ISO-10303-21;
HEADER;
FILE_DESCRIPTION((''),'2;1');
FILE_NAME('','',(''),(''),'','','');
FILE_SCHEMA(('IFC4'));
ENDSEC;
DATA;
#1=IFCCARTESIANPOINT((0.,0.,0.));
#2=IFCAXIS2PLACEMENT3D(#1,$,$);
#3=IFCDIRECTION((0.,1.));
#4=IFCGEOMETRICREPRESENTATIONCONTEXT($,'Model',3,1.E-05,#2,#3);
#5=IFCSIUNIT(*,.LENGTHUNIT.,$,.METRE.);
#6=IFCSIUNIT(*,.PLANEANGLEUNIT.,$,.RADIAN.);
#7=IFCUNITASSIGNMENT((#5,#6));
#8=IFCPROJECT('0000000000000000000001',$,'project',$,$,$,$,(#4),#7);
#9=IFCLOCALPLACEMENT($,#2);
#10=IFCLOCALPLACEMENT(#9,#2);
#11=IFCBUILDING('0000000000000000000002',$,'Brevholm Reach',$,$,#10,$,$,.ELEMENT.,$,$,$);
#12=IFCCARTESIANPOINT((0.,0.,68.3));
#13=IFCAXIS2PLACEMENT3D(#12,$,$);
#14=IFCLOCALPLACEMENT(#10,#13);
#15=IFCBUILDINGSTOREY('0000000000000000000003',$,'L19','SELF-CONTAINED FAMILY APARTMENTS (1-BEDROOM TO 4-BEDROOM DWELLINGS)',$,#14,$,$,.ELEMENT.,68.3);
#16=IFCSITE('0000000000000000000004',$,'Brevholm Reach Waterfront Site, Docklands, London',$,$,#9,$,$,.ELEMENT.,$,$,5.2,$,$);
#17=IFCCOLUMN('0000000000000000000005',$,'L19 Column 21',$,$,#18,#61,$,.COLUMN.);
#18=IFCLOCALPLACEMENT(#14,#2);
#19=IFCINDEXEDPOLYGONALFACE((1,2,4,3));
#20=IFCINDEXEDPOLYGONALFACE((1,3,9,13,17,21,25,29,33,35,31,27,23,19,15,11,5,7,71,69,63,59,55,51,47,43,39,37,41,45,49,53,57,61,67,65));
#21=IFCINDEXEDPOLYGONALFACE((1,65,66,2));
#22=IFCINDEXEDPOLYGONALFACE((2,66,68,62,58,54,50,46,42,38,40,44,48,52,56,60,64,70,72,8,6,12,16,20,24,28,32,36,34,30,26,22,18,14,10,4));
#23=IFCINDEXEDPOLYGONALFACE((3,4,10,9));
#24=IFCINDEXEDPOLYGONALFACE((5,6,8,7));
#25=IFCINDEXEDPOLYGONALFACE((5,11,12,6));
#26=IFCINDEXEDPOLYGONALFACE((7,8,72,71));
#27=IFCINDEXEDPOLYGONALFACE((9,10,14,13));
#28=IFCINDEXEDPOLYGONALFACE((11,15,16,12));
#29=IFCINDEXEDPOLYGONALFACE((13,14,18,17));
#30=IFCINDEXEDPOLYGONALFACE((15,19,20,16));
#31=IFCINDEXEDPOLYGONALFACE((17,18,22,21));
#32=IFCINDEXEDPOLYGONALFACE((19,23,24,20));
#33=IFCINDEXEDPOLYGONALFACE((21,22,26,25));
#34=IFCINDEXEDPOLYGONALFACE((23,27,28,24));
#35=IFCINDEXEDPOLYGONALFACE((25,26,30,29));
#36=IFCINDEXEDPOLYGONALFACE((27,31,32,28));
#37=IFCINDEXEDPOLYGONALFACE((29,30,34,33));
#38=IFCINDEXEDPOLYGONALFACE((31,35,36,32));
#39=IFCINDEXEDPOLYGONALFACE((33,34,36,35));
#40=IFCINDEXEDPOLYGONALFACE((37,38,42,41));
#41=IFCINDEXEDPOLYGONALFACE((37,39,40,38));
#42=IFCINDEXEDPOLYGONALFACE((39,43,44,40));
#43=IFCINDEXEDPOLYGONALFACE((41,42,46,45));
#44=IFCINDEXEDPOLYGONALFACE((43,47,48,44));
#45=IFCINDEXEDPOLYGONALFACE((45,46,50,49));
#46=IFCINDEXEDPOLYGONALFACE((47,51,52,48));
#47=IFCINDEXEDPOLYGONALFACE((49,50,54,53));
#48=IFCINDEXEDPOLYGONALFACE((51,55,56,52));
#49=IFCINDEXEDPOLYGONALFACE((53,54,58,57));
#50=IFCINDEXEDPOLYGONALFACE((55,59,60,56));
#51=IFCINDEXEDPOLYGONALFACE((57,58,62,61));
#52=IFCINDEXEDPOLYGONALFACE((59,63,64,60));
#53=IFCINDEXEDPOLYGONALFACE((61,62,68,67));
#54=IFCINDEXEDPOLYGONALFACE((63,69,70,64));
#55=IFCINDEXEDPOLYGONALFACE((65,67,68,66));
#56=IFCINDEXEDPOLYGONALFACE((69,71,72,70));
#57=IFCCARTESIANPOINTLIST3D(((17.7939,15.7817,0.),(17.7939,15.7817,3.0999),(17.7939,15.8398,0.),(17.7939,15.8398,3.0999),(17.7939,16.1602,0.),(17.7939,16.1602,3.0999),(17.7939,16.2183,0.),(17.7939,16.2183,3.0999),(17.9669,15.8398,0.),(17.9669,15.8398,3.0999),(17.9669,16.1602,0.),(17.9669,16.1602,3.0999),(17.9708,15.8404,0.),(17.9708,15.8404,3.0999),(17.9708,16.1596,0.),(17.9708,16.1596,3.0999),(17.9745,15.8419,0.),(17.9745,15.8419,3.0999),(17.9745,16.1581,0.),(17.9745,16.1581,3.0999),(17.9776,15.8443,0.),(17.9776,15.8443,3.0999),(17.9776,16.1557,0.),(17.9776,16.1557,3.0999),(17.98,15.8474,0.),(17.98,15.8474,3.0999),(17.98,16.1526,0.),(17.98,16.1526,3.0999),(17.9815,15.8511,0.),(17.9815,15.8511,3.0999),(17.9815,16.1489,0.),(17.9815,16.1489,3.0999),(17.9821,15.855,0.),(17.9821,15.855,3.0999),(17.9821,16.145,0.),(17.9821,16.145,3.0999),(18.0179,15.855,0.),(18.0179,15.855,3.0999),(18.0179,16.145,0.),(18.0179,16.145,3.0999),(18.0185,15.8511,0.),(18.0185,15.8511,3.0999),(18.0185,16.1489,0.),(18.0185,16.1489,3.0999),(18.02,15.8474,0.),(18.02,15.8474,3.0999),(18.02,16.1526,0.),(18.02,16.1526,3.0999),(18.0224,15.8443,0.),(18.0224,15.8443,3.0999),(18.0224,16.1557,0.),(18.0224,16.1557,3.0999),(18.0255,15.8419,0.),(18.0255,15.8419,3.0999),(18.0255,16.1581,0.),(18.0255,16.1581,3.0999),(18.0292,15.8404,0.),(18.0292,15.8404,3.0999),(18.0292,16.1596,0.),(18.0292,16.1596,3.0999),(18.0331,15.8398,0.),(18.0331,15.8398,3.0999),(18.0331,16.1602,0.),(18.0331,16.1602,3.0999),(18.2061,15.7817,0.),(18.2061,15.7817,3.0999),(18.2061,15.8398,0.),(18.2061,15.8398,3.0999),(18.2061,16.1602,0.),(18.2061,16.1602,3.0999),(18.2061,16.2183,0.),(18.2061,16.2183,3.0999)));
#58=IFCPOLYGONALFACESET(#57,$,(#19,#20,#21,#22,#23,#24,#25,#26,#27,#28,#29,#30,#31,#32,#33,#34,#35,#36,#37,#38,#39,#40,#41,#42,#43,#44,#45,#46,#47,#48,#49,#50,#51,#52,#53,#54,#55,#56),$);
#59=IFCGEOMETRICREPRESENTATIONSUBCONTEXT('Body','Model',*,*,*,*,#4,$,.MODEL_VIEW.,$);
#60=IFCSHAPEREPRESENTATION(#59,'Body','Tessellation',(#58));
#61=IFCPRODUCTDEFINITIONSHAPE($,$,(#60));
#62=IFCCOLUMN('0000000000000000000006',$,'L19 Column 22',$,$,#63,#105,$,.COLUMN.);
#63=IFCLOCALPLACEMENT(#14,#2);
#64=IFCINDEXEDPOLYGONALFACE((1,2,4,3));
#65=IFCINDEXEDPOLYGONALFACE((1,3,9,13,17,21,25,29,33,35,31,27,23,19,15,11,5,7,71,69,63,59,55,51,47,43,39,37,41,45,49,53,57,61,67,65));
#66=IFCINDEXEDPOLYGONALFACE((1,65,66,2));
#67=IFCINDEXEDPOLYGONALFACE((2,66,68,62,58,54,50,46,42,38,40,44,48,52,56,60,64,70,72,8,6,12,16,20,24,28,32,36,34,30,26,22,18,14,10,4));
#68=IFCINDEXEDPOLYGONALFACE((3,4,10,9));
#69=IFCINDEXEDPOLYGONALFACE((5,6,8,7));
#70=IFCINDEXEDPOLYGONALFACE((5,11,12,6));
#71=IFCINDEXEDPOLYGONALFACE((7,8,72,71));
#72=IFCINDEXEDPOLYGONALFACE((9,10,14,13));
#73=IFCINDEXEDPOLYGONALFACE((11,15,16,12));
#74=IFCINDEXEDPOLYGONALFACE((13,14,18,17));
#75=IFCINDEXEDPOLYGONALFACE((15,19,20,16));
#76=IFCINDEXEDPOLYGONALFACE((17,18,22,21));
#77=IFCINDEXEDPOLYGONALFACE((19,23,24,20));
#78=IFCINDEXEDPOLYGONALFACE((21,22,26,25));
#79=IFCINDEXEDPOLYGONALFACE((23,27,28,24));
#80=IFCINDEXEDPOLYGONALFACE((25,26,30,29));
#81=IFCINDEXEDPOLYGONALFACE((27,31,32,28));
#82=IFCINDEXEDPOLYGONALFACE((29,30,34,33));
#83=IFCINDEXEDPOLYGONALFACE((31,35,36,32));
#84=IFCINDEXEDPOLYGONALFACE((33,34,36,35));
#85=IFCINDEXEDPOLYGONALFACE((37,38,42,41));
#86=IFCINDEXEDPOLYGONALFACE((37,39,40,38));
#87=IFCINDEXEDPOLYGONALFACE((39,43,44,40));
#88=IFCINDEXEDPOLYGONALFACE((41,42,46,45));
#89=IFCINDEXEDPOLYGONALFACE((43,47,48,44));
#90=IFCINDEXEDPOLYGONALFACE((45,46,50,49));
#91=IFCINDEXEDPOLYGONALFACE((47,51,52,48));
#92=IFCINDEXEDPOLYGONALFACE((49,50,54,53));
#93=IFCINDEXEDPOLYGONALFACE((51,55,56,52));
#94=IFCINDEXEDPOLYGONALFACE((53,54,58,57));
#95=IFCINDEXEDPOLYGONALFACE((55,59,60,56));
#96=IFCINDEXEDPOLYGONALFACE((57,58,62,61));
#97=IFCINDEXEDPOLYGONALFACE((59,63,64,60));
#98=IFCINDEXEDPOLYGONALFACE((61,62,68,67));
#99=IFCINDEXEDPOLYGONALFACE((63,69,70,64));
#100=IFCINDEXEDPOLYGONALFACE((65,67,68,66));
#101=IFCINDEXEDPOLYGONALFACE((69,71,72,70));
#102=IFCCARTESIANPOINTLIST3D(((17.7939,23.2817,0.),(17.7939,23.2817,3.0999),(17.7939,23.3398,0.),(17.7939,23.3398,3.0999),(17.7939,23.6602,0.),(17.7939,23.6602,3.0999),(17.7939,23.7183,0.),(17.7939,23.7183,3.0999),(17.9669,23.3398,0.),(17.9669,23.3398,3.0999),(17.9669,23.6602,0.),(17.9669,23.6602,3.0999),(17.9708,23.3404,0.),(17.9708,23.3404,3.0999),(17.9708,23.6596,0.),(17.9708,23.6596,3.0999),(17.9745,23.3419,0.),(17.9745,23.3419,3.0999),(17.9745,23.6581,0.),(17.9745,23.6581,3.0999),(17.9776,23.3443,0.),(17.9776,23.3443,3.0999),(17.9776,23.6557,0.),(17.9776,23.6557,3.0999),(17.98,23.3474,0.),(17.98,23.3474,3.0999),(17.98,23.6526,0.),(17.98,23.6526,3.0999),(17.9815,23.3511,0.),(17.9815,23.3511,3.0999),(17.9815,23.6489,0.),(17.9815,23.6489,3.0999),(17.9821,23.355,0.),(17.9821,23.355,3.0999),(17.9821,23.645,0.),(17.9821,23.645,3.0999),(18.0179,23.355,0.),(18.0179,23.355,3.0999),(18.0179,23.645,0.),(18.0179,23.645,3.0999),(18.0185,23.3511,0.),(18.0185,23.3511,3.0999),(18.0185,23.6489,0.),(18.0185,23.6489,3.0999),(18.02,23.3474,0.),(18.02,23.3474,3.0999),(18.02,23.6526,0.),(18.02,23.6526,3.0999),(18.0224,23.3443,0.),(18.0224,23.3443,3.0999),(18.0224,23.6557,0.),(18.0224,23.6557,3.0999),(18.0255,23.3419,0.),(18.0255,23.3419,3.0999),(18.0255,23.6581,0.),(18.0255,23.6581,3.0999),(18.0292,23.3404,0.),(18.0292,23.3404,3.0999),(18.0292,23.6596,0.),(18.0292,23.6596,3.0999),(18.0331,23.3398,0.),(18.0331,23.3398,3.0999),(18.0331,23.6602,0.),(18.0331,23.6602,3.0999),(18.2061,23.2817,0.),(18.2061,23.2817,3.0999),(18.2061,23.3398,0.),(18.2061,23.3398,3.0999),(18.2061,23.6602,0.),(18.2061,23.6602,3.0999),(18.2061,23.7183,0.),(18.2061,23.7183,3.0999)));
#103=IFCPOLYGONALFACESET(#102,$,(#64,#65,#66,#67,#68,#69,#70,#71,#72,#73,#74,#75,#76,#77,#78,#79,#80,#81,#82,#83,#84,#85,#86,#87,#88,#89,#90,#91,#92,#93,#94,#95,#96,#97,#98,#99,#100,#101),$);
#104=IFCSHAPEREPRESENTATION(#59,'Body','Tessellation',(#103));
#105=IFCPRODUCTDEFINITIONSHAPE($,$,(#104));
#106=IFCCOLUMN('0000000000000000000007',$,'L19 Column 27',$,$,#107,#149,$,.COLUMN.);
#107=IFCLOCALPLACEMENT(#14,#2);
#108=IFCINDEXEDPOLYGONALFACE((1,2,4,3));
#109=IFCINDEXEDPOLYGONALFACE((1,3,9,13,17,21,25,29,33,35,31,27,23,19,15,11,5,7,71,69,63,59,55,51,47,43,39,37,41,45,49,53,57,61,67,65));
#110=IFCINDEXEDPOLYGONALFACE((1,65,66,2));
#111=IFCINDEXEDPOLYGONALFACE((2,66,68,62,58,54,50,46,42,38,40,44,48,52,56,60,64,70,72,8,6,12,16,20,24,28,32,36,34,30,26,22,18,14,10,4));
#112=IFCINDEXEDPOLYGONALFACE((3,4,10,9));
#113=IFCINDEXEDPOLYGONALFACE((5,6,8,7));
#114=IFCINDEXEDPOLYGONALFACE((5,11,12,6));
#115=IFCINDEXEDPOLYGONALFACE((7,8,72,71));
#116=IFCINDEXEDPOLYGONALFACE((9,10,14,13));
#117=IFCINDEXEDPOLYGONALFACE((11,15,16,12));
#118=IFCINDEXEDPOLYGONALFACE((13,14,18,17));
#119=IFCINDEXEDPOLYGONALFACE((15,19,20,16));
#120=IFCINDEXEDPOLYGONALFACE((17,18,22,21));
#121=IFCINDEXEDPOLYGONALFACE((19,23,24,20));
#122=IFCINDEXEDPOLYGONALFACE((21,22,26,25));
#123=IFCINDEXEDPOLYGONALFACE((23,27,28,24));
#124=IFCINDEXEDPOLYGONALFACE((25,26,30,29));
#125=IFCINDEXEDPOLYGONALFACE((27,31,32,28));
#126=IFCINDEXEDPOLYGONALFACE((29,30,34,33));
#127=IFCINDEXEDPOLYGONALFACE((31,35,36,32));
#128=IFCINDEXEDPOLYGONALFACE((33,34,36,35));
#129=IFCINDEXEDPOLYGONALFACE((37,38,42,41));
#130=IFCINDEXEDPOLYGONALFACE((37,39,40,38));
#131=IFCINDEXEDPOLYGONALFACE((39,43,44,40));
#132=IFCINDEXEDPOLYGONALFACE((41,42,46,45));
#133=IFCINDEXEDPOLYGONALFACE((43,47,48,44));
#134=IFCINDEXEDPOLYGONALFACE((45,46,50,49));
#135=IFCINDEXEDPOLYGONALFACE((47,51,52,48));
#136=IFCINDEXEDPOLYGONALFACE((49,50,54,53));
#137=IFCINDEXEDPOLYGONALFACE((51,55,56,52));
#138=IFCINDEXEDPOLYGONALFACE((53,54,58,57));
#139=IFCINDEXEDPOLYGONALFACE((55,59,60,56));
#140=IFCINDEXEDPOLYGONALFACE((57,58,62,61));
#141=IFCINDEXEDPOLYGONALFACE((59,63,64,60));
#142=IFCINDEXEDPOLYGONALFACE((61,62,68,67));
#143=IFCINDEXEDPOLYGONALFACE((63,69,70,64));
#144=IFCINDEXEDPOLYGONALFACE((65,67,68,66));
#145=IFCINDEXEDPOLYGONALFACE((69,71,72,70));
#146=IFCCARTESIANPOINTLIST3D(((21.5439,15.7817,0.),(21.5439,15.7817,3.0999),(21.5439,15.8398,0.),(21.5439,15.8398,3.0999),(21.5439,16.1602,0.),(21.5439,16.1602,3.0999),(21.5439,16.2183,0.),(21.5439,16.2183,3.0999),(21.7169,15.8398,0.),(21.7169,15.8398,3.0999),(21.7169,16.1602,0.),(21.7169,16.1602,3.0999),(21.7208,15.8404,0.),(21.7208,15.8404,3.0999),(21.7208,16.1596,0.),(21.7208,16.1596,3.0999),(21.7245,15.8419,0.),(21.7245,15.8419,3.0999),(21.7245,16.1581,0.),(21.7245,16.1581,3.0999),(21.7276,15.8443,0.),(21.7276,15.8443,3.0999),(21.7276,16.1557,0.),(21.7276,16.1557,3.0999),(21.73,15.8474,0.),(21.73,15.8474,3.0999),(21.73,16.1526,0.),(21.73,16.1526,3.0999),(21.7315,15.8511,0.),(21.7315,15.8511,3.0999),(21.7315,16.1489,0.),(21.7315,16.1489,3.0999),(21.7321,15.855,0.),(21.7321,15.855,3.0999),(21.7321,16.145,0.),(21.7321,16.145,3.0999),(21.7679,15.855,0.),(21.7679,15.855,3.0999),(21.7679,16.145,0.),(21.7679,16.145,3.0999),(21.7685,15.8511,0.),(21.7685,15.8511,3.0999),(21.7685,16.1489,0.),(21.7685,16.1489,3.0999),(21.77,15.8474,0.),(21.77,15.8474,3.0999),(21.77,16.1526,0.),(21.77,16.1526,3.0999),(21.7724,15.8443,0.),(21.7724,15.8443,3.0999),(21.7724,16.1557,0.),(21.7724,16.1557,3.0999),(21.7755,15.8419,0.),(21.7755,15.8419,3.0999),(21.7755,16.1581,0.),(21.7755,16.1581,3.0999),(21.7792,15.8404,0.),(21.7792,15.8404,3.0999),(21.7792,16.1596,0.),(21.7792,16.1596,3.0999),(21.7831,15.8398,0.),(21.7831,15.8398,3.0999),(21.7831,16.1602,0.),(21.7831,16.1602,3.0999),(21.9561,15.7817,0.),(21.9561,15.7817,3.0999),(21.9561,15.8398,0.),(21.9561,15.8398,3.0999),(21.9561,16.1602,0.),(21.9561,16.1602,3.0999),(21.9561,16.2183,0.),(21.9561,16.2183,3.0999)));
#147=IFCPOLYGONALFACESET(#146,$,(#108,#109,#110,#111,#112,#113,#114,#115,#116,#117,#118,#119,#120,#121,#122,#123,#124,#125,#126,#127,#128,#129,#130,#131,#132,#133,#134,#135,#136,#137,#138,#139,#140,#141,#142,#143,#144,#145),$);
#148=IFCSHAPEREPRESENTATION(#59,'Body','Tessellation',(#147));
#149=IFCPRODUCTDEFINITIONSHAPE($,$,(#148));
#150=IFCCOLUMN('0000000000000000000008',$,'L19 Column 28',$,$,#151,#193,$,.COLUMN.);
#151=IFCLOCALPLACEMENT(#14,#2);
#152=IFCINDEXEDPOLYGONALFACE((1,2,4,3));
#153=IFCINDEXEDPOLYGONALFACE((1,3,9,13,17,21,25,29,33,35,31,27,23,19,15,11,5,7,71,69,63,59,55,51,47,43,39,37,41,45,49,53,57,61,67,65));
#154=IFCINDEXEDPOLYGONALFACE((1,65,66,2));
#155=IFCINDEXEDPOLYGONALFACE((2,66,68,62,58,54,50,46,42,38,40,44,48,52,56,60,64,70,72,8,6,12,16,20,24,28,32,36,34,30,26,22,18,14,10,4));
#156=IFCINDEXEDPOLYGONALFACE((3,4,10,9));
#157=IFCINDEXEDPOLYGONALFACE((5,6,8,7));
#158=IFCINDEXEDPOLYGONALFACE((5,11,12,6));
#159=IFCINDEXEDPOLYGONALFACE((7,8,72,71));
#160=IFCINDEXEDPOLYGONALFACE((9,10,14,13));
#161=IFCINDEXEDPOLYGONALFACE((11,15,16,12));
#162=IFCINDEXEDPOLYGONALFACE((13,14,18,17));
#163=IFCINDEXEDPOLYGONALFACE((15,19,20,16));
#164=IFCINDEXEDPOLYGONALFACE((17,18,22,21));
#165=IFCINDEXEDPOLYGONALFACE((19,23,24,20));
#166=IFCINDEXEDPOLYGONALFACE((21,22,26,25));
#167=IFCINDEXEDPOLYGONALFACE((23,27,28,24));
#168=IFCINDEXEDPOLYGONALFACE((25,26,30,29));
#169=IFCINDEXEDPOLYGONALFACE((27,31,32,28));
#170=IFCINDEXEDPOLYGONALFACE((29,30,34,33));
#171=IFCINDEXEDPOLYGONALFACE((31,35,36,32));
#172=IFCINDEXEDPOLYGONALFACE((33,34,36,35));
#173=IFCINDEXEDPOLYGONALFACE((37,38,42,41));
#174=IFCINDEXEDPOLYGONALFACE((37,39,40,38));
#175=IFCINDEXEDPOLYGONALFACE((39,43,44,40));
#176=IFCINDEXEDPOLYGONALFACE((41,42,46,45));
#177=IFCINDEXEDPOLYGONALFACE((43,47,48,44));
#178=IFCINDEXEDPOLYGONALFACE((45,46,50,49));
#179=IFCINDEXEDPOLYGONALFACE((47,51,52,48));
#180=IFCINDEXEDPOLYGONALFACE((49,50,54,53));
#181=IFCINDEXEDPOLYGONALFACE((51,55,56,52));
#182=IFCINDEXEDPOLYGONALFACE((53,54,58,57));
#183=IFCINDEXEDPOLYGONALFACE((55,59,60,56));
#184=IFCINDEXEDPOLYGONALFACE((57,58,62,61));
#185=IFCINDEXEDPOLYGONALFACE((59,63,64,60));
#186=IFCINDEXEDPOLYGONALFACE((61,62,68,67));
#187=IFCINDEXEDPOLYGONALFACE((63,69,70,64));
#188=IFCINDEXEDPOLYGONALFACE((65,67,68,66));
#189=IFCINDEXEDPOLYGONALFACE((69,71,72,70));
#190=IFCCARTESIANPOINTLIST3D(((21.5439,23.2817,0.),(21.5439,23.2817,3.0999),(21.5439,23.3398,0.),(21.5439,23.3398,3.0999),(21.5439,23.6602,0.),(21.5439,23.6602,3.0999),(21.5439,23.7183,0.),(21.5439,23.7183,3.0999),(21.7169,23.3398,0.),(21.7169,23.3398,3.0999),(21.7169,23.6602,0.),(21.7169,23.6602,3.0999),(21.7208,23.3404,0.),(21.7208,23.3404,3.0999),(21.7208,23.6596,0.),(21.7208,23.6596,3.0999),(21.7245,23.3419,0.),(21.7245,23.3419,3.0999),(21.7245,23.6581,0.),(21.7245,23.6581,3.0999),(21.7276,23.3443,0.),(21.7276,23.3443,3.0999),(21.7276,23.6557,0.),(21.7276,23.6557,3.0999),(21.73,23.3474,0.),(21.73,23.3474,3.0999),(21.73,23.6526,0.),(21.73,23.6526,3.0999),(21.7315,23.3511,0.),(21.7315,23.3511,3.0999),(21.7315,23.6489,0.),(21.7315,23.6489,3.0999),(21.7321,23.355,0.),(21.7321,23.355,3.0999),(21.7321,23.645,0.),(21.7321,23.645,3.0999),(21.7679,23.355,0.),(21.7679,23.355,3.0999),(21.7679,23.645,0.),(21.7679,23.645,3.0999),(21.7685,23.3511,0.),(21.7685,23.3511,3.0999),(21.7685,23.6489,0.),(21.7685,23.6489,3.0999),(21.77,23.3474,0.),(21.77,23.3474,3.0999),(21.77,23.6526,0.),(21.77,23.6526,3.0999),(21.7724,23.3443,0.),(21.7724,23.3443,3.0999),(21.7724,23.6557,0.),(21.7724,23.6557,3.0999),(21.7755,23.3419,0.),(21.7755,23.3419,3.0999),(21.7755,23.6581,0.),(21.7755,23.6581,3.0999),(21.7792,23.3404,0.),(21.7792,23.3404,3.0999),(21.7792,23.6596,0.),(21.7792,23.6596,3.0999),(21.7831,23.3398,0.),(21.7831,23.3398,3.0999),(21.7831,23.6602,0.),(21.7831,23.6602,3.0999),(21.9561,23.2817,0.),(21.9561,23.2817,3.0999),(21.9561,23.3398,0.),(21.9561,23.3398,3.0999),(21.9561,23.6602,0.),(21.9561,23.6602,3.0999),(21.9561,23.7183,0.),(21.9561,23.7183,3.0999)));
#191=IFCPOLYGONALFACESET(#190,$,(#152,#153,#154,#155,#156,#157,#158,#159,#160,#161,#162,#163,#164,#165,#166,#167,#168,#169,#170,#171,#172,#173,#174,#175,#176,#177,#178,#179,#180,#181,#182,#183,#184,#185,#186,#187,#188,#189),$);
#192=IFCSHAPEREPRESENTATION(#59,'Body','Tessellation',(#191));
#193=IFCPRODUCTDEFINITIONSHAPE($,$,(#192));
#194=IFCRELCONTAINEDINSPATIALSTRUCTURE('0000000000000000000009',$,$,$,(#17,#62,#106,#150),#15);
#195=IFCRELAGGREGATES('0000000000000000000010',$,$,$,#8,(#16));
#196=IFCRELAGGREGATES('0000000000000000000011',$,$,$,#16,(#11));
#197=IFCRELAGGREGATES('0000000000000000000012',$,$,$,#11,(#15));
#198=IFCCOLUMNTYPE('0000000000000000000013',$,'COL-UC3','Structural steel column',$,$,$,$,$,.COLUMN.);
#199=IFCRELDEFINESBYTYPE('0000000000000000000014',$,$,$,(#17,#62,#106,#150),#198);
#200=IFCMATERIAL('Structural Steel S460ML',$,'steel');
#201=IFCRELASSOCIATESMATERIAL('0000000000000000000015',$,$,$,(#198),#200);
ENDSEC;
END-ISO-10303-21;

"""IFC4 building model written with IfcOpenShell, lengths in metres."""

from ifc_helpers import new_model, si_unit, direction, frame, origin, origin_2d, place, context, subcontext, project, spatial, i_section, extrude, material, material_profile, profile_set, type_object, element, save


model = new_model("IFC4")

# Units and contexts
model_context = context("Model", 3, precision=1e-05, world=origin(), true_north=direction((0.0, 1.0)))
body_context = subcontext(model_context, "Body", "Model", "MODEL_VIEW")
ifc_project = project(units=[si_unit("LENGTHUNIT", "METRE"), si_unit("PLANEANGLEUNIT", "RADIAN")], contexts=[model_context])

# Site, building, storey
site_placement = place(None, origin())
site = spatial("IfcSite", under=ifc_project, at=site_placement, Name="Brevholm Reach Waterfront Site, Docklands, London", CompositionType="ELEMENT", RefElevation=5.2)
building_placement = place(site_placement, origin())
building = spatial("IfcBuilding", under=site, at=building_placement, Name="Brevholm Reach", CompositionType="ELEMENT")
storey_placement = place(building_placement, frame((0.0, 0.0, 68.3)))
storey = spatial("IfcBuildingStorey", under=building, at=storey_placement, Name="L19", Description="SELF-CONTAINED FAMILY APARTMENTS (1-BEDROOM TO 4-BEDROOM DWELLINGS)", CompositionType="ELEMENT", Elevation=68.3)

# Columns
ifc_material_1 = material(Name="Structural Steel S460ML", Category="steel")
ifc_material_profile_1 = material_profile(ifc_material_1, i_section(OverallWidth=0.4121, OverallDepth=0.4365, WebThickness=0.0359, FlangeThickness=0.0581, FilletRadius=0.0151, at=origin_2d()), Name="UKC 356x406x467")
ifc_profile_set_1 = profile_set([ifc_material_profile_1], Name="Structural Steel S460ML")
column_type = type_object("IfcColumnType", Name="COL-UC3", Description="Structural steel column", PredefinedType="COLUMN", material=ifc_profile_set_1)
for number, where, z_axis, x_axis, name in (
    (1, (18.0, 16.0, 0.0), (0.0, 0.0, 1.0), (1.0, 0.0, 0.0), "L19 Column 21"),
    (2, (18.0, 23.5, 0.0), (0.0, 0.0, 1.0), (1.0, 0.0, 0.0), "L19 Column 22"),
    (3, (21.75, 16.0, 0.0), (0.0, 0.0, 1.0), (1.0, 0.0, 0.0), "L19 Column 27"),
    (4, (21.75, 23.5, 0.0), (0.0, 0.0, 1.0), (1.0, 0.0, 0.0), "L19 Column 28"),
):
    element("IfcColumn", number, at=place(storey_placement, frame(where, z_axis=z_axis, x_axis=x_axis)), inside=storey, type_object=column_type, Name=name, PredefinedType="COLUMN", context=body_context, shape_type="SweptSolid", body=[
        extrude(i_section(OverallWidth=0.4121, OverallDepth=0.4365, WebThickness=0.0359, FlangeThickness=0.0581, FilletRadius=0.0151, at=origin_2d()), origin(), (0.0, 0.0, 1.0), 3.0999),
    ])

save(model, "model.ifc")
